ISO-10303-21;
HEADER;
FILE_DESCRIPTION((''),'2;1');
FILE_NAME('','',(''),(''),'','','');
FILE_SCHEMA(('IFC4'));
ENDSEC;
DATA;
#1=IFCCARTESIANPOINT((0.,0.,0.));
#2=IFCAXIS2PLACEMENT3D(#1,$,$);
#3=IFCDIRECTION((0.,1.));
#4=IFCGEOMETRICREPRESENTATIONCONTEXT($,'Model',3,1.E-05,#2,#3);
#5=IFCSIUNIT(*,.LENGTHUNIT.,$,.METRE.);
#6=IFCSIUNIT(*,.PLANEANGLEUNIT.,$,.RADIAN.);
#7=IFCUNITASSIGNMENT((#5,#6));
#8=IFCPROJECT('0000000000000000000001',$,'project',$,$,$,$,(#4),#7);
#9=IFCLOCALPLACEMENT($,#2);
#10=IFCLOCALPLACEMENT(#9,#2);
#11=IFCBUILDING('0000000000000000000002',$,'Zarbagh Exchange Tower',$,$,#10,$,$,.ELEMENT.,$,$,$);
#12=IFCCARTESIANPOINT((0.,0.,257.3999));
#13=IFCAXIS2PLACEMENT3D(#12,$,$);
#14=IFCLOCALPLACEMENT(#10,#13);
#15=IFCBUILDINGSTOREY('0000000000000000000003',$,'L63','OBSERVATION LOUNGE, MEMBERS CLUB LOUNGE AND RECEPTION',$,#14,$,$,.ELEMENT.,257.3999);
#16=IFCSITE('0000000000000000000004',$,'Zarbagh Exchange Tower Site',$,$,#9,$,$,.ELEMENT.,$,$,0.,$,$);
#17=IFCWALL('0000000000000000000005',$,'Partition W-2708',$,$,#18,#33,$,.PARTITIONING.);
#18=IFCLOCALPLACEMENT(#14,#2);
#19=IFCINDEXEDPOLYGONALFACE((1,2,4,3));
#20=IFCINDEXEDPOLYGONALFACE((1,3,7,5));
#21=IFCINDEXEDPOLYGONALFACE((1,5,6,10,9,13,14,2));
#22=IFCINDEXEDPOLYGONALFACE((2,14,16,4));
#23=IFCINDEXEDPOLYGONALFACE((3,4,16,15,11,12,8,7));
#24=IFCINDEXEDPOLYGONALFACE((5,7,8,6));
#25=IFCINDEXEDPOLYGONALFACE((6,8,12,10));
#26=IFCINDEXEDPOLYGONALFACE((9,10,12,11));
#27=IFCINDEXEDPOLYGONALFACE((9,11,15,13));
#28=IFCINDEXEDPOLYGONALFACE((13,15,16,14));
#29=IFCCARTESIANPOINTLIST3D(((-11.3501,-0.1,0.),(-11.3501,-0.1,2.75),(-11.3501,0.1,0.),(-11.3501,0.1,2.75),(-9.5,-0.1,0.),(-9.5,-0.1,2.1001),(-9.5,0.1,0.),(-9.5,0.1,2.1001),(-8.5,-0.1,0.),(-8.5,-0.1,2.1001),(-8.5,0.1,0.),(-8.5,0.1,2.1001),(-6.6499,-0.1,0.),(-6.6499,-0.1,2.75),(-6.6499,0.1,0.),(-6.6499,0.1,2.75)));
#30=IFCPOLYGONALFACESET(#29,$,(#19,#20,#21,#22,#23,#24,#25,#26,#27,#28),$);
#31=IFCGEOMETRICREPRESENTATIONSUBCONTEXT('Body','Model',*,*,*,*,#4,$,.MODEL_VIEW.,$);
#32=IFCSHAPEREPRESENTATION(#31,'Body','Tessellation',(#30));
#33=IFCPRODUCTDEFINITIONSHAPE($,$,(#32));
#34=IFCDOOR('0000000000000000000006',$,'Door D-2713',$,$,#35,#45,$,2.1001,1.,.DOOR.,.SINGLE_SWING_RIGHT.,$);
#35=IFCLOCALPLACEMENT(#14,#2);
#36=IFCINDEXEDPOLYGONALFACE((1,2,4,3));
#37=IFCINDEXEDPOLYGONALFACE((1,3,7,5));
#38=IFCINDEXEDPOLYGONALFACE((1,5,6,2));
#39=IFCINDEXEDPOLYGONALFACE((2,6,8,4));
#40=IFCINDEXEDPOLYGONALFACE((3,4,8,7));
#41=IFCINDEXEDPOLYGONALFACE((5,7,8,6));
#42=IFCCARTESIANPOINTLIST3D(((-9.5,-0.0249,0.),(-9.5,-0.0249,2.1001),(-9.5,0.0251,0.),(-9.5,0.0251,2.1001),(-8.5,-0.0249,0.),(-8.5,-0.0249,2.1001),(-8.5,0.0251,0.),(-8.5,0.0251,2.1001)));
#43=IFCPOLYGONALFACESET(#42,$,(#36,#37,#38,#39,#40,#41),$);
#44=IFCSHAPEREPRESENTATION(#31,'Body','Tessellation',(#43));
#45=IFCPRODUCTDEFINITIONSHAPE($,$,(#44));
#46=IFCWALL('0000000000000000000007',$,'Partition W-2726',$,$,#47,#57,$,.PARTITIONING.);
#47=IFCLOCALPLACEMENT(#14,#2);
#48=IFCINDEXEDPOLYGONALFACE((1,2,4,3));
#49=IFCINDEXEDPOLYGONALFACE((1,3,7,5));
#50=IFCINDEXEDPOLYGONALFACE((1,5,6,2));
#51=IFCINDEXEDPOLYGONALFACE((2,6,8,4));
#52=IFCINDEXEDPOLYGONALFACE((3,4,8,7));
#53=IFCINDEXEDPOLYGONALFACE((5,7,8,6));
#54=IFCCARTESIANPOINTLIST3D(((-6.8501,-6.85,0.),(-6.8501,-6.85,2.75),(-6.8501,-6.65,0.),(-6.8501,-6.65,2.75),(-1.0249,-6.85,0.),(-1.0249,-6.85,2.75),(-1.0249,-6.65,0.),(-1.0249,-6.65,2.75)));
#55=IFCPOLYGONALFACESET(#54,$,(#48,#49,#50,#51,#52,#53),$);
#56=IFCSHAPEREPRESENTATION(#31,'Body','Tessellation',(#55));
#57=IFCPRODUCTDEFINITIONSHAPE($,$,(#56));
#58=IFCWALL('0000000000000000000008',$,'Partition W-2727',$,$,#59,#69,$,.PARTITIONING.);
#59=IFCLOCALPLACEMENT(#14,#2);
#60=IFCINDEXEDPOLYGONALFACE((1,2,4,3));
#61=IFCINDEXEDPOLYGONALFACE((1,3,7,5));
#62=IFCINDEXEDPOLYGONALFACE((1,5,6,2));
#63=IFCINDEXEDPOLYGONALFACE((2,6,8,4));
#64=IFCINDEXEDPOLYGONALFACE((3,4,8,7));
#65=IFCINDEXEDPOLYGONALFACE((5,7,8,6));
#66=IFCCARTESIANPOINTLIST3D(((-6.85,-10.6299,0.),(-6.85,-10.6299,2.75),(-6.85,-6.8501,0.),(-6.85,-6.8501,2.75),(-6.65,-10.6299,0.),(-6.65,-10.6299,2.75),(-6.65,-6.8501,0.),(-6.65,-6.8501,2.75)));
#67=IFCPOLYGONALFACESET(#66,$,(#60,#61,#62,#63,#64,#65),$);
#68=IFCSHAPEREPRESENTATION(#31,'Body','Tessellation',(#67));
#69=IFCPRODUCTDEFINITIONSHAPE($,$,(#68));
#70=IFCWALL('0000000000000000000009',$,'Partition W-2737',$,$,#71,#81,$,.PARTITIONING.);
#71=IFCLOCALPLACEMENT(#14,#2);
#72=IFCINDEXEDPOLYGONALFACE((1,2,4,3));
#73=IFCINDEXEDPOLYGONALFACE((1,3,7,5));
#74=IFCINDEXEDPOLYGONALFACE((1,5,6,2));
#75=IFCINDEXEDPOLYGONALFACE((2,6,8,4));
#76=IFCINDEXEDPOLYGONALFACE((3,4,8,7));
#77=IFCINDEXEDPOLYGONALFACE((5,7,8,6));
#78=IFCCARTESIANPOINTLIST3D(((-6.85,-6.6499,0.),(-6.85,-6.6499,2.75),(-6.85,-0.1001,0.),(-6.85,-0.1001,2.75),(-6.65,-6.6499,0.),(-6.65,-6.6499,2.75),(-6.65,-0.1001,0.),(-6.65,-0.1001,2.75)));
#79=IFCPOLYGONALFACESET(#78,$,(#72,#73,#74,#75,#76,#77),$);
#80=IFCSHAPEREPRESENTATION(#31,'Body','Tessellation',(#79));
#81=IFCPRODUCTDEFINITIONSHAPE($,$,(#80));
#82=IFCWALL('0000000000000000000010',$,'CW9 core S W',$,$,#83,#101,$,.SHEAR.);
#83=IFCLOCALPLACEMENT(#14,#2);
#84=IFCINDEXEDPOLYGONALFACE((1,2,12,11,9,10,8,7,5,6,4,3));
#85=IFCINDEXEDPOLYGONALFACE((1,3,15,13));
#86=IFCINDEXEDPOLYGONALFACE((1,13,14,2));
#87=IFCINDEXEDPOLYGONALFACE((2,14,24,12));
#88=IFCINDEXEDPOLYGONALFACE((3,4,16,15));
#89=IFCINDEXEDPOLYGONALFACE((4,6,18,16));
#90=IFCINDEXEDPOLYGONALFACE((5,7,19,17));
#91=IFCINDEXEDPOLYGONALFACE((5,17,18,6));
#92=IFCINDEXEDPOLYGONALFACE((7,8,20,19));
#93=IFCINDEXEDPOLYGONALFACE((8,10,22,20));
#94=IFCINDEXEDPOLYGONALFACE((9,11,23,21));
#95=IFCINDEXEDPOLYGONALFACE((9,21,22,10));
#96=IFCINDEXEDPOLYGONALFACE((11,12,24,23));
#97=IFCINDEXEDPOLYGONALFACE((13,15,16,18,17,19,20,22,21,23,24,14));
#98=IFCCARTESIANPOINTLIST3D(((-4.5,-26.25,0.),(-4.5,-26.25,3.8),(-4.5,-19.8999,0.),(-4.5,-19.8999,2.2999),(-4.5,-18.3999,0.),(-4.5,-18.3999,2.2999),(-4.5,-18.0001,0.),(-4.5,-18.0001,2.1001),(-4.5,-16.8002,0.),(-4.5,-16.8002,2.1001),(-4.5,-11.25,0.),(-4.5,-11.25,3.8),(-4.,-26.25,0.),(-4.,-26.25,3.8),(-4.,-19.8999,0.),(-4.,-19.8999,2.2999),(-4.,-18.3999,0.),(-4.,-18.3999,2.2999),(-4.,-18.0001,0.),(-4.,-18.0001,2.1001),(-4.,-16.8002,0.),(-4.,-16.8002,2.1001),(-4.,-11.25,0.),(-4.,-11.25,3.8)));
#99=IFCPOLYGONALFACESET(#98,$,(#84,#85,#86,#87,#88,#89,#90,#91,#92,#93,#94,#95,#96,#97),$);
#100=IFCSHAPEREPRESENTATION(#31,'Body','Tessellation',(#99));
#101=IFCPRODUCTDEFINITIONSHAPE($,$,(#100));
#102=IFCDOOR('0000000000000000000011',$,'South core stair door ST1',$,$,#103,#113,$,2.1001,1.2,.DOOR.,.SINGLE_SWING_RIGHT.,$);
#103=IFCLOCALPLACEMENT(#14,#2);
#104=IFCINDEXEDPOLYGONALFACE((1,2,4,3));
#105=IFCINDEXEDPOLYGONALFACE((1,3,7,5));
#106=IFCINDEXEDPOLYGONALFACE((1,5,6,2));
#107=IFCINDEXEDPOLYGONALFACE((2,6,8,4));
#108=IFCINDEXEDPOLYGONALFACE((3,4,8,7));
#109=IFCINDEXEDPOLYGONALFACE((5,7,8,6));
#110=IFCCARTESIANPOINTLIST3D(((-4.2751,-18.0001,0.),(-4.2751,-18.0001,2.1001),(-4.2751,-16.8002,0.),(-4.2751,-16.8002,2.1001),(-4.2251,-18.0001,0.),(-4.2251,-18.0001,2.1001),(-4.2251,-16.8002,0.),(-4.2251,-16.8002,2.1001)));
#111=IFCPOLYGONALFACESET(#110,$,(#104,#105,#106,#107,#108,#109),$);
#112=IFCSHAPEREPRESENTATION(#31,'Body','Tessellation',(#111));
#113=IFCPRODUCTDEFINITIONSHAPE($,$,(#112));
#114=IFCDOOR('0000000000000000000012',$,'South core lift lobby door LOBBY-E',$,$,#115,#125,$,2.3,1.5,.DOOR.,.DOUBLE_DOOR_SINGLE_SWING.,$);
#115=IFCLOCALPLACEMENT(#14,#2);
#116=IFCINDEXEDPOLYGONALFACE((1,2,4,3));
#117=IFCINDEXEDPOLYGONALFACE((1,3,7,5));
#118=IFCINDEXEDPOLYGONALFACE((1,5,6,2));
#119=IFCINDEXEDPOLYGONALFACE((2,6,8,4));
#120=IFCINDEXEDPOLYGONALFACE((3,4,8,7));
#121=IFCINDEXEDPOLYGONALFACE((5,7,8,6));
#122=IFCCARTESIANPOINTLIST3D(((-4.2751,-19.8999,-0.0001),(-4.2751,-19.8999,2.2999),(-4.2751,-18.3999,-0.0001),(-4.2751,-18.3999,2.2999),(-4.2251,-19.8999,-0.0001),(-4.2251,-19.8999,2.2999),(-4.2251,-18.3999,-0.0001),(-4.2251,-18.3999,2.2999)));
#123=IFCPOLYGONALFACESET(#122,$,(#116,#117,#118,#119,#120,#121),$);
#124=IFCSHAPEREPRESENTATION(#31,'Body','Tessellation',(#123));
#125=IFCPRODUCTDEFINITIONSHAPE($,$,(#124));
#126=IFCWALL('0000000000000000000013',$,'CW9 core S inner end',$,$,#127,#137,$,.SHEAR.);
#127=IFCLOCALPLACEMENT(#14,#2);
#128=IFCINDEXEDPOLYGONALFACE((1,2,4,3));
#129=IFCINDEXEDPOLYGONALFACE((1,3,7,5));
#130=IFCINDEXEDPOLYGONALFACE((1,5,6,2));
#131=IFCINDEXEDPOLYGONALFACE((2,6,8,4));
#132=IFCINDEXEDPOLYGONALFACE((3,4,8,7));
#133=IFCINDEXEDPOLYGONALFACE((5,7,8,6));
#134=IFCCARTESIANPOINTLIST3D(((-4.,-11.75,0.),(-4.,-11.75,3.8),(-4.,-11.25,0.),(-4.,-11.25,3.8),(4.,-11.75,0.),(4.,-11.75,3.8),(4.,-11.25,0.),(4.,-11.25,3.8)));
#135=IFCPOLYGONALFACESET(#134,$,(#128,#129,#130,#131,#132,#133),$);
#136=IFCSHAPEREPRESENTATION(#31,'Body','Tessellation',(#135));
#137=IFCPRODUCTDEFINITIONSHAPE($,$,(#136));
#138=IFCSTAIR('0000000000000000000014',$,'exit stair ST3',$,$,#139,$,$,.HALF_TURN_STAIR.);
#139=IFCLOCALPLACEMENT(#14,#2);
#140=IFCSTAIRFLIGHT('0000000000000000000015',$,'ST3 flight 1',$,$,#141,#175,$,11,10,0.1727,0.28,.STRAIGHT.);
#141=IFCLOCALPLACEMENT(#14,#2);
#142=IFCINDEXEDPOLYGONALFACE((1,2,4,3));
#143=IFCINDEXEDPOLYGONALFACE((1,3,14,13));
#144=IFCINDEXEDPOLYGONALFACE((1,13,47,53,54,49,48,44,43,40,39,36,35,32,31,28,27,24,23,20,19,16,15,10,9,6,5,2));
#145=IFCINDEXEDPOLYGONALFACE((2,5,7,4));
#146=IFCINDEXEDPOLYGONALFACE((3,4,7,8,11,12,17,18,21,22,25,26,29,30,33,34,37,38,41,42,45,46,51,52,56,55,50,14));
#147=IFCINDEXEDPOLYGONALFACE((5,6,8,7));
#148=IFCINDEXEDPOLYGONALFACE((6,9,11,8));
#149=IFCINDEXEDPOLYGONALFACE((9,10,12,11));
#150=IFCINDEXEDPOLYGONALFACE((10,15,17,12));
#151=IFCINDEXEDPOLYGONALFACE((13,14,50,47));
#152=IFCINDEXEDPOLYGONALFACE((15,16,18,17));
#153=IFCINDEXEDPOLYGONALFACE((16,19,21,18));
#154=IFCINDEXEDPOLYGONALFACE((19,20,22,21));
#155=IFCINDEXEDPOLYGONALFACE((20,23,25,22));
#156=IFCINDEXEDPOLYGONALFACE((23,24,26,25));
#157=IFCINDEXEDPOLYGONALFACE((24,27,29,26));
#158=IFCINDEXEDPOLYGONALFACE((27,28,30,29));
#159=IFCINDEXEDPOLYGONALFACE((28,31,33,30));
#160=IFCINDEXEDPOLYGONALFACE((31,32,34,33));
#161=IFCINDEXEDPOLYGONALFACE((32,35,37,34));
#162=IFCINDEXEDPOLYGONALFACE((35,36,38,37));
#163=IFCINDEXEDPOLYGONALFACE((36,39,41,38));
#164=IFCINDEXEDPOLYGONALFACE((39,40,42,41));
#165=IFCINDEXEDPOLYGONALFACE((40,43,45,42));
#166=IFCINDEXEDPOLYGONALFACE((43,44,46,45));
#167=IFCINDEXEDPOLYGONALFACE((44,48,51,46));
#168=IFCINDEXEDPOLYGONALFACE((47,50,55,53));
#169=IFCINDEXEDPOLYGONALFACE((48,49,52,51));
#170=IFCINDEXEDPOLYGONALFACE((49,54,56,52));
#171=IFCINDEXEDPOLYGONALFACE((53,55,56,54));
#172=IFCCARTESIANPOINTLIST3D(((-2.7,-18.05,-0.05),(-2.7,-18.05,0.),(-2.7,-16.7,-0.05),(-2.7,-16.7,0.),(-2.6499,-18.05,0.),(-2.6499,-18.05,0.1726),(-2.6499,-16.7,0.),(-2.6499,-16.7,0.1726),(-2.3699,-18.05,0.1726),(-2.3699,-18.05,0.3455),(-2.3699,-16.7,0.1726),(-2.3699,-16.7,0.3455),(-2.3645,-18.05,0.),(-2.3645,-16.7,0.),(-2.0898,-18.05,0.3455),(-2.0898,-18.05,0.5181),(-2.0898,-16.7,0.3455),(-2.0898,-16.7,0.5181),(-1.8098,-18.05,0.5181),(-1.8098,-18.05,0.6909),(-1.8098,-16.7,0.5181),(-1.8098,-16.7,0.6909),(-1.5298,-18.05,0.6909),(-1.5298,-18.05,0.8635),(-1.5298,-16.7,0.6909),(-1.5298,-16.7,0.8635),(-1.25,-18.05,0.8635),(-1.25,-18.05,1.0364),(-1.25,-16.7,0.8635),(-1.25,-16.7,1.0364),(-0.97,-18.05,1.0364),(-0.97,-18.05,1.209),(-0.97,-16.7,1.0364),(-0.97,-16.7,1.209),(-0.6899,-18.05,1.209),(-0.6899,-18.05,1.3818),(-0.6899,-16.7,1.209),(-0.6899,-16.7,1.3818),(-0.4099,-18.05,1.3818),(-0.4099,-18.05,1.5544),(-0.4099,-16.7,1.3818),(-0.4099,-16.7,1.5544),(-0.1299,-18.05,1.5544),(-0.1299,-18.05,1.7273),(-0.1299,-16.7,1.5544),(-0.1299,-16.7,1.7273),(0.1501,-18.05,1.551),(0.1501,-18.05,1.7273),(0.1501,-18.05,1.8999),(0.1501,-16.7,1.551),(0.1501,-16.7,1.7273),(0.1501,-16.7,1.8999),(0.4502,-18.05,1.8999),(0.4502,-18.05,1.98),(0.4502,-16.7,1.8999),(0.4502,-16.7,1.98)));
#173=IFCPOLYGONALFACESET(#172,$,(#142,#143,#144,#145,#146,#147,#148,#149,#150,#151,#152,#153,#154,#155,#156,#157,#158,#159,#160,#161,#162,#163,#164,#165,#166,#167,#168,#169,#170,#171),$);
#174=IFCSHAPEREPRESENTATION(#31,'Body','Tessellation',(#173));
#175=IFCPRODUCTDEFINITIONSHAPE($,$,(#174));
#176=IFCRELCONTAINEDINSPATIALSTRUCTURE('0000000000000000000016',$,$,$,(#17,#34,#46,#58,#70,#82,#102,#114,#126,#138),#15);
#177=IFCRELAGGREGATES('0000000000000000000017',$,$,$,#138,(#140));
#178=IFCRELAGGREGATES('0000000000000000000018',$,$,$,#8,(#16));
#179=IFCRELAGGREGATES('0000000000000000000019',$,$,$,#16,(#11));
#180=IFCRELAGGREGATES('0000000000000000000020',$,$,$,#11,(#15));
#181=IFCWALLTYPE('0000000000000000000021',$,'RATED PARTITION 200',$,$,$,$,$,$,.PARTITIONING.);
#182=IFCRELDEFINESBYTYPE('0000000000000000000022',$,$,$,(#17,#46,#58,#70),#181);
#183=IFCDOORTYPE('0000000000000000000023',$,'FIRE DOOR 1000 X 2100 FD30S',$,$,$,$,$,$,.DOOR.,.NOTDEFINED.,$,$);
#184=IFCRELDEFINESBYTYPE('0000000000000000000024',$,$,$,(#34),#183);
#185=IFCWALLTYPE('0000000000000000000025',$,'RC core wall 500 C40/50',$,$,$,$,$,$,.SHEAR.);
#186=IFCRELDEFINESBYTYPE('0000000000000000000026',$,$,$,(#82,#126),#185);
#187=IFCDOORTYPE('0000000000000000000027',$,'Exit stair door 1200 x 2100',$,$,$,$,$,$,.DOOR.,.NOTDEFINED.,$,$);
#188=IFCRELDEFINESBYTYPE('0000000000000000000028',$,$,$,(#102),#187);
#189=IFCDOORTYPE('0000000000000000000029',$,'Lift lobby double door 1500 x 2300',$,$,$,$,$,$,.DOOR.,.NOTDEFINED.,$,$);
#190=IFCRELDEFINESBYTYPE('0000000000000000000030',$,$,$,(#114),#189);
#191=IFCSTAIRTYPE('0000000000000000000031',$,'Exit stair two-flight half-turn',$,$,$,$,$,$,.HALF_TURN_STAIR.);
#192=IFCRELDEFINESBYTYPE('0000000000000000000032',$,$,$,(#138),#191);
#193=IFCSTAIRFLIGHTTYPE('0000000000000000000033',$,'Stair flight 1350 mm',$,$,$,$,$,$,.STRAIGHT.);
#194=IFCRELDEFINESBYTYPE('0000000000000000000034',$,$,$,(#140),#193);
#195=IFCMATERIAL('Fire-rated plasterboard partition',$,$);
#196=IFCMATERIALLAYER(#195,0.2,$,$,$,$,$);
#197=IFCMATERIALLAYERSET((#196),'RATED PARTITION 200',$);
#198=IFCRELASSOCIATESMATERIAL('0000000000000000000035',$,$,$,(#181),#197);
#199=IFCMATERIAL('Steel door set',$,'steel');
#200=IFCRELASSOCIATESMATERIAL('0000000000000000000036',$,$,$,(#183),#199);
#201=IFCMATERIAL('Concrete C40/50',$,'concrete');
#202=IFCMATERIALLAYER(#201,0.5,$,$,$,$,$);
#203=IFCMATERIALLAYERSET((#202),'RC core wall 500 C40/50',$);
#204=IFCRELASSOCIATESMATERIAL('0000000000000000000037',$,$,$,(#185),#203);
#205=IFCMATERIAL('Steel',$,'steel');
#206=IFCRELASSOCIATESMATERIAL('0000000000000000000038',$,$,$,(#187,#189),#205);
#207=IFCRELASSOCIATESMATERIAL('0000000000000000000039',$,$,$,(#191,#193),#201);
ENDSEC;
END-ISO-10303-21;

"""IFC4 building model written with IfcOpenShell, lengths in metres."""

from ifc_helpers import new_model, si_unit, direction, frame, frame_2d, origin, place, context, subcontext, project, spatial, polyline, rectangle, outline, extrude, material, layer, layer_set, type_object, element, fill, aggregate, save


model = new_model("IFC4")

# Units and contexts
model_context = context("Model", 3, precision=1e-05, world=origin(), true_north=direction((0.0, 1.0)))
body_context = subcontext(model_context, "Body", "Model", "MODEL_VIEW")
ifc_project = project(units=[si_unit("LENGTHUNIT", "METRE"), si_unit("PLANEANGLEUNIT", "RADIAN")], contexts=[model_context])

# Site, building, storey
site_placement = place(None, origin())
site = spatial("IfcSite", under=ifc_project, at=site_placement, Name="Zarbagh Exchange Tower Site", CompositionType="ELEMENT", RefElevation=0.0)
building_placement = place(site_placement, origin())
building = spatial("IfcBuilding", under=site, at=building_placement, Name="Zarbagh Exchange Tower", CompositionType="ELEMENT")
storey_placement = place(building_placement, frame((0.0, 0.0, 257.3999)))
storey = spatial("IfcBuildingStorey", under=building, at=storey_placement, Name="L63", Description="OBSERVATION LOUNGE, MEMBERS CLUB LOUNGE AND RECEPTION", CompositionType="ELEMENT", Elevation=257.3999)

# Shared definitions
ifc_material_1 = material(Name="Concrete C40/50", Category="concrete")

# Wall, opening, door
ifc_material_2 = material(Name="Fire-rated plasterboard partition")
ifc_layer_1 = layer(ifc_material_2, 0.2)
ifc_layer_set_1 = layer_set([ifc_layer_1], Name="RATED PARTITION 200")
wall_type_1 = type_object("IfcWallType", Name="RATED PARTITION 200", PredefinedType="PARTITIONING", material=ifc_layer_set_1)
wall_1_placement = place(storey_placement, frame((-6.6499, 0.0, 0.0), z_axis=(0.0, 0.0, 1.0), x_axis=(-1.0, 0.0, 0.0)))
wall_1 = element("IfcWall", 1, at=wall_1_placement, inside=storey, type_object=wall_type_1, Name="Partition W-2708", PredefinedType="PARTITIONING", context=body_context, shape_type="SweptSolid", body=[
    extrude(rectangle(XDim=4.7002, YDim=0.2, at=frame_2d((2.3501, 0.0))), origin(), (0.0, 0.0, 1.0), 2.75),
])
opening_1_placement = place(wall_1_placement, frame((1.8501, 0.0, 0.0)))
opening_1 = element("IfcOpeningElement", 2, at=opening_1_placement, cuts=wall_1, PredefinedType="OPENING", context=body_context, shape_type="SweptSolid", body=[
    extrude(rectangle(XDim=1.0, YDim=2.1001, at=frame_2d((0.5, 1.05))), frame((0.0, 0.1099, 0.0), z_axis=(0.0, -1.0, 0.0), x_axis=(1.0, 0.0, 0.0)), (0.0, 0.0, 1.0), 0.22),
])
ifc_material_3 = material(Name="Steel door set", Category="steel")
door_type_1 = type_object("IfcDoorType", Name="FIRE DOOR 1000 X 2100 FD30S", OperationType="NOTDEFINED", PredefinedType="DOOR", material=ifc_material_3)
door_1_placement = place(opening_1_placement, origin())
door_1 = element("IfcDoor", 3, at=door_1_placement, inside=storey, type_object=door_type_1, Name="Door D-2713", OperationType="SINGLE_SWING_RIGHT", OverallHeight=2.1001, OverallWidth=1.0, PredefinedType="DOOR", context=body_context, shape_type="SweptSolid", body=[
    extrude(rectangle(XDim=1.0, YDim=2.1001, at=frame_2d((0.5, 1.05))), frame((0.0, 0.0249, 0.0), z_axis=(0.0, -1.0, 0.0), x_axis=(1.0, 0.0, 0.0)), (0.0, 0.0, 1.0), 0.05),
])
fill(opening_1, door_1)

# Walls
wall_2_placement = place(storey_placement, frame((-6.8501, -6.75, 0.0), z_axis=(0.0, 0.0, 1.0), x_axis=(1.0, 0.0, 0.0)))
element("IfcWall", 4, at=wall_2_placement, inside=storey, type_object=wall_type_1, Name="Partition W-2726", PredefinedType="PARTITIONING", context=body_context, shape_type="SweptSolid", body=[
    extrude(rectangle(XDim=5.8252, YDim=0.2, at=frame_2d((2.9126, 0.0))), origin(), (0.0, 0.0, 1.0), 2.75),
])
wall_3_placement = place(storey_placement, frame((-6.75, -10.6299, 0.0), z_axis=(0.0, 0.0, 1.0), x_axis=(0.0, 1.0, 0.0)))
element("IfcWall", 5, at=wall_3_placement, inside=storey, type_object=wall_type_1, Name="Partition W-2727", PredefinedType="PARTITIONING", context=body_context, shape_type="SweptSolid", body=[
    extrude(rectangle(XDim=3.7798, YDim=0.2, at=frame_2d((1.8899, 0.0))), origin(), (0.0, 0.0, 1.0), 2.75),
])
wall_4_placement = place(storey_placement, frame((-6.75, -6.6499, 0.0), z_axis=(0.0, 0.0, 1.0), x_axis=(0.0, 1.0, 0.0)))
element("IfcWall", 6, at=wall_4_placement, inside=storey, type_object=wall_type_1, Name="Partition W-2737", PredefinedType="PARTITIONING", context=body_context, shape_type="SweptSolid", body=[
    extrude(rectangle(XDim=6.5498, YDim=0.2, at=frame_2d((3.2749, 0.0))), origin(), (0.0, 0.0, 1.0), 2.75),
])

# Wall, openings, doors
ifc_layer_2 = layer(ifc_material_1, 0.5)
ifc_layer_set_2 = layer_set([ifc_layer_2], Name="RC core wall 500 C40/50")
wall_type_2 = type_object("IfcWallType", Name="RC core wall 500 C40/50", PredefinedType="SHEAR", material=ifc_layer_set_2)
wall_5_placement = place(storey_placement, frame((-4.25, -11.25, 0.0), z_axis=(0.0, 0.0, 1.0), x_axis=(0.0, -1.0, 0.0)))
wall_5 = element("IfcWall", 7, at=wall_5_placement, inside=storey, type_object=wall_type_2, Name="CW9 core S W", PredefinedType="SHEAR", context=body_context, shape_type="SweptSolid", body=[
    extrude(rectangle(XDim=15.0, YDim=0.5, at=frame_2d((7.5, 0.0))), origin(), (0.0, 0.0, 1.0), 3.8),
])
opening_2_placement = place(wall_5_placement, frame((7.1499, 0.0, 0.0)))
opening_2 = element("IfcOpeningElement", 8, at=opening_2_placement, cuts=wall_5, PredefinedType="OPENING", context=body_context, shape_type="SweptSolid", body=[
    extrude(rectangle(XDim=1.5, YDim=2.3, at=frame_2d((0.75, 1.1499))), frame((0.0, 0.26, 0.0), z_axis=(0.0, -1.0, 0.0), x_axis=(1.0, 0.0, 0.0)), (0.0, 0.0, 1.0), 0.52),
])
opening_3_placement = place(wall_5_placement, frame((5.55, 0.0, 0.0)))
opening_3 = element("IfcOpeningElement", 9, at=opening_3_placement, cuts=wall_5, PredefinedType="OPENING", context=body_context, shape_type="SweptSolid", body=[
    extrude(rectangle(XDim=1.2, YDim=2.1001, at=frame_2d((0.6001, 1.05))), frame((0.0, 0.26, 0.0), z_axis=(0.0, -1.0, 0.0), x_axis=(1.0, 0.0, 0.0)), (0.0, 0.0, 1.0), 0.52),
])
ifc_material_4 = material(Name="Steel", Category="steel")
door_type_2 = type_object("IfcDoorType", Name="Exit stair door 1200 x 2100", OperationType="NOTDEFINED", PredefinedType="DOOR", material=ifc_material_4)
door_2_placement = place(opening_3_placement, origin())
door_2 = element("IfcDoor", 10, at=door_2_placement, inside=storey, type_object=door_type_2, Name="South core stair door ST1", OperationType="SINGLE_SWING_RIGHT", OverallHeight=2.1001, OverallWidth=1.2, PredefinedType="DOOR", context=body_context, shape_type="SweptSolid", body=[
    extrude(rectangle(XDim=1.2, YDim=2.1001, at=frame_2d((0.6001, 1.05))), frame((0.0, 0.0249, 0.0), z_axis=(0.0, -1.0, 0.0), x_axis=(1.0, 0.0, 0.0)), (0.0, 0.0, 1.0), 0.05),
])
fill(opening_3, door_2)
door_type_3 = type_object("IfcDoorType", Name="Lift lobby double door 1500 x 2300", OperationType="NOTDEFINED", PredefinedType="DOOR", material=ifc_material_4)
door_3_placement = place(opening_2_placement, origin())
door_3 = element("IfcDoor", 11, at=door_3_placement, inside=storey, type_object=door_type_3, Name="South core lift lobby door LOBBY-E", OperationType="DOUBLE_DOOR_SINGLE_SWING", OverallHeight=2.3, OverallWidth=1.5, PredefinedType="DOOR", context=body_context, shape_type="SweptSolid", body=[
    extrude(rectangle(XDim=1.5, YDim=2.3, at=frame_2d((0.75, 1.1499))), frame((0.0, 0.0249, 0.0), z_axis=(0.0, -1.0, 0.0), x_axis=(1.0, 0.0, 0.0)), (0.0, 0.0, 1.0), 0.05),
])
fill(opening_2, door_3)

# Wall
wall_6_placement = place(storey_placement, frame((-4.0, -11.5, 0.0), z_axis=(0.0, 0.0, 1.0), x_axis=(1.0, 0.0, 0.0)))
element("IfcWall", 12, at=wall_6_placement, inside=storey, type_object=wall_type_2, Name="CW9 core S inner end", PredefinedType="SHEAR", context=body_context, shape_type="SweptSolid", body=[
    extrude(rectangle(XDim=8.0, YDim=0.5, at=frame_2d((4.0, 0.0))), origin(), (0.0, 0.0, 1.0), 3.8),
])

# Stair, stair flight
stair_type = type_object("IfcStairType", Name="Exit stair two-flight half-turn", PredefinedType="HALF_TURN_STAIR", material=ifc_material_1)
stair_placement = place(storey_placement, origin())
stair = element("IfcStair", 13, at=stair_placement, inside=storey, type_object=stair_type, Name="exit stair ST3", PredefinedType="HALF_TURN_STAIR")
stair_flight_type = type_object("IfcStairFlightType", Name="Stair flight 1350 mm", PredefinedType="STRAIGHT", material=ifc_material_1)
stair_flight_placement = place(storey_placement, frame((-2.6499, -17.375, 0.0), z_axis=(0.0, 0.0, 1.0), x_axis=(1.0, 0.0, 0.0)))
stair_flight = element("IfcStairFlight", 14, at=stair_flight_placement, type_object=stair_flight_type, Name="ST3 flight 1", NumberOfRisers=11, NumberOfTreads=10, PredefinedType="STRAIGHT", RiserHeight=0.1727, TreadLength=0.28, context=body_context, shape_type="SweptSolid", body=[
    extrude(outline(polyline([(-0.05, -0.05), (-0.05, 0.0), (0.0, 0.0), (0.0, 0.1726), (0.28, 0.1726), (0.28, 0.3455), (0.5601, 0.3455), (0.5601, 0.5181), (0.8401, 0.5181), (0.8401, 0.6909), (1.1201, 0.6909), (1.1201, 0.8635), (1.3999, 0.8635), (1.3999, 1.0364), (1.6799, 1.0364), (1.6799, 1.209), (1.96, 1.209), (1.96, 1.3818), (2.24, 1.3818), (2.24, 1.5544), (2.52, 1.5544), (2.52, 1.7273), (2.8, 1.7273), (2.8, 1.8999), (3.1001, 1.98), (3.1001, 1.8999), (2.8, 1.551), (0.2854, 0.0), (-0.05, -0.05)])), frame((0.0, 0.675, 0.0), z_axis=(0.0, -1.0, 0.0), x_axis=(1.0, 0.0, 0.0)), (0.0, 0.0, 1.0), 1.3501),
])
aggregate(stair, [stair_flight])

save(model, "model.ifc")
